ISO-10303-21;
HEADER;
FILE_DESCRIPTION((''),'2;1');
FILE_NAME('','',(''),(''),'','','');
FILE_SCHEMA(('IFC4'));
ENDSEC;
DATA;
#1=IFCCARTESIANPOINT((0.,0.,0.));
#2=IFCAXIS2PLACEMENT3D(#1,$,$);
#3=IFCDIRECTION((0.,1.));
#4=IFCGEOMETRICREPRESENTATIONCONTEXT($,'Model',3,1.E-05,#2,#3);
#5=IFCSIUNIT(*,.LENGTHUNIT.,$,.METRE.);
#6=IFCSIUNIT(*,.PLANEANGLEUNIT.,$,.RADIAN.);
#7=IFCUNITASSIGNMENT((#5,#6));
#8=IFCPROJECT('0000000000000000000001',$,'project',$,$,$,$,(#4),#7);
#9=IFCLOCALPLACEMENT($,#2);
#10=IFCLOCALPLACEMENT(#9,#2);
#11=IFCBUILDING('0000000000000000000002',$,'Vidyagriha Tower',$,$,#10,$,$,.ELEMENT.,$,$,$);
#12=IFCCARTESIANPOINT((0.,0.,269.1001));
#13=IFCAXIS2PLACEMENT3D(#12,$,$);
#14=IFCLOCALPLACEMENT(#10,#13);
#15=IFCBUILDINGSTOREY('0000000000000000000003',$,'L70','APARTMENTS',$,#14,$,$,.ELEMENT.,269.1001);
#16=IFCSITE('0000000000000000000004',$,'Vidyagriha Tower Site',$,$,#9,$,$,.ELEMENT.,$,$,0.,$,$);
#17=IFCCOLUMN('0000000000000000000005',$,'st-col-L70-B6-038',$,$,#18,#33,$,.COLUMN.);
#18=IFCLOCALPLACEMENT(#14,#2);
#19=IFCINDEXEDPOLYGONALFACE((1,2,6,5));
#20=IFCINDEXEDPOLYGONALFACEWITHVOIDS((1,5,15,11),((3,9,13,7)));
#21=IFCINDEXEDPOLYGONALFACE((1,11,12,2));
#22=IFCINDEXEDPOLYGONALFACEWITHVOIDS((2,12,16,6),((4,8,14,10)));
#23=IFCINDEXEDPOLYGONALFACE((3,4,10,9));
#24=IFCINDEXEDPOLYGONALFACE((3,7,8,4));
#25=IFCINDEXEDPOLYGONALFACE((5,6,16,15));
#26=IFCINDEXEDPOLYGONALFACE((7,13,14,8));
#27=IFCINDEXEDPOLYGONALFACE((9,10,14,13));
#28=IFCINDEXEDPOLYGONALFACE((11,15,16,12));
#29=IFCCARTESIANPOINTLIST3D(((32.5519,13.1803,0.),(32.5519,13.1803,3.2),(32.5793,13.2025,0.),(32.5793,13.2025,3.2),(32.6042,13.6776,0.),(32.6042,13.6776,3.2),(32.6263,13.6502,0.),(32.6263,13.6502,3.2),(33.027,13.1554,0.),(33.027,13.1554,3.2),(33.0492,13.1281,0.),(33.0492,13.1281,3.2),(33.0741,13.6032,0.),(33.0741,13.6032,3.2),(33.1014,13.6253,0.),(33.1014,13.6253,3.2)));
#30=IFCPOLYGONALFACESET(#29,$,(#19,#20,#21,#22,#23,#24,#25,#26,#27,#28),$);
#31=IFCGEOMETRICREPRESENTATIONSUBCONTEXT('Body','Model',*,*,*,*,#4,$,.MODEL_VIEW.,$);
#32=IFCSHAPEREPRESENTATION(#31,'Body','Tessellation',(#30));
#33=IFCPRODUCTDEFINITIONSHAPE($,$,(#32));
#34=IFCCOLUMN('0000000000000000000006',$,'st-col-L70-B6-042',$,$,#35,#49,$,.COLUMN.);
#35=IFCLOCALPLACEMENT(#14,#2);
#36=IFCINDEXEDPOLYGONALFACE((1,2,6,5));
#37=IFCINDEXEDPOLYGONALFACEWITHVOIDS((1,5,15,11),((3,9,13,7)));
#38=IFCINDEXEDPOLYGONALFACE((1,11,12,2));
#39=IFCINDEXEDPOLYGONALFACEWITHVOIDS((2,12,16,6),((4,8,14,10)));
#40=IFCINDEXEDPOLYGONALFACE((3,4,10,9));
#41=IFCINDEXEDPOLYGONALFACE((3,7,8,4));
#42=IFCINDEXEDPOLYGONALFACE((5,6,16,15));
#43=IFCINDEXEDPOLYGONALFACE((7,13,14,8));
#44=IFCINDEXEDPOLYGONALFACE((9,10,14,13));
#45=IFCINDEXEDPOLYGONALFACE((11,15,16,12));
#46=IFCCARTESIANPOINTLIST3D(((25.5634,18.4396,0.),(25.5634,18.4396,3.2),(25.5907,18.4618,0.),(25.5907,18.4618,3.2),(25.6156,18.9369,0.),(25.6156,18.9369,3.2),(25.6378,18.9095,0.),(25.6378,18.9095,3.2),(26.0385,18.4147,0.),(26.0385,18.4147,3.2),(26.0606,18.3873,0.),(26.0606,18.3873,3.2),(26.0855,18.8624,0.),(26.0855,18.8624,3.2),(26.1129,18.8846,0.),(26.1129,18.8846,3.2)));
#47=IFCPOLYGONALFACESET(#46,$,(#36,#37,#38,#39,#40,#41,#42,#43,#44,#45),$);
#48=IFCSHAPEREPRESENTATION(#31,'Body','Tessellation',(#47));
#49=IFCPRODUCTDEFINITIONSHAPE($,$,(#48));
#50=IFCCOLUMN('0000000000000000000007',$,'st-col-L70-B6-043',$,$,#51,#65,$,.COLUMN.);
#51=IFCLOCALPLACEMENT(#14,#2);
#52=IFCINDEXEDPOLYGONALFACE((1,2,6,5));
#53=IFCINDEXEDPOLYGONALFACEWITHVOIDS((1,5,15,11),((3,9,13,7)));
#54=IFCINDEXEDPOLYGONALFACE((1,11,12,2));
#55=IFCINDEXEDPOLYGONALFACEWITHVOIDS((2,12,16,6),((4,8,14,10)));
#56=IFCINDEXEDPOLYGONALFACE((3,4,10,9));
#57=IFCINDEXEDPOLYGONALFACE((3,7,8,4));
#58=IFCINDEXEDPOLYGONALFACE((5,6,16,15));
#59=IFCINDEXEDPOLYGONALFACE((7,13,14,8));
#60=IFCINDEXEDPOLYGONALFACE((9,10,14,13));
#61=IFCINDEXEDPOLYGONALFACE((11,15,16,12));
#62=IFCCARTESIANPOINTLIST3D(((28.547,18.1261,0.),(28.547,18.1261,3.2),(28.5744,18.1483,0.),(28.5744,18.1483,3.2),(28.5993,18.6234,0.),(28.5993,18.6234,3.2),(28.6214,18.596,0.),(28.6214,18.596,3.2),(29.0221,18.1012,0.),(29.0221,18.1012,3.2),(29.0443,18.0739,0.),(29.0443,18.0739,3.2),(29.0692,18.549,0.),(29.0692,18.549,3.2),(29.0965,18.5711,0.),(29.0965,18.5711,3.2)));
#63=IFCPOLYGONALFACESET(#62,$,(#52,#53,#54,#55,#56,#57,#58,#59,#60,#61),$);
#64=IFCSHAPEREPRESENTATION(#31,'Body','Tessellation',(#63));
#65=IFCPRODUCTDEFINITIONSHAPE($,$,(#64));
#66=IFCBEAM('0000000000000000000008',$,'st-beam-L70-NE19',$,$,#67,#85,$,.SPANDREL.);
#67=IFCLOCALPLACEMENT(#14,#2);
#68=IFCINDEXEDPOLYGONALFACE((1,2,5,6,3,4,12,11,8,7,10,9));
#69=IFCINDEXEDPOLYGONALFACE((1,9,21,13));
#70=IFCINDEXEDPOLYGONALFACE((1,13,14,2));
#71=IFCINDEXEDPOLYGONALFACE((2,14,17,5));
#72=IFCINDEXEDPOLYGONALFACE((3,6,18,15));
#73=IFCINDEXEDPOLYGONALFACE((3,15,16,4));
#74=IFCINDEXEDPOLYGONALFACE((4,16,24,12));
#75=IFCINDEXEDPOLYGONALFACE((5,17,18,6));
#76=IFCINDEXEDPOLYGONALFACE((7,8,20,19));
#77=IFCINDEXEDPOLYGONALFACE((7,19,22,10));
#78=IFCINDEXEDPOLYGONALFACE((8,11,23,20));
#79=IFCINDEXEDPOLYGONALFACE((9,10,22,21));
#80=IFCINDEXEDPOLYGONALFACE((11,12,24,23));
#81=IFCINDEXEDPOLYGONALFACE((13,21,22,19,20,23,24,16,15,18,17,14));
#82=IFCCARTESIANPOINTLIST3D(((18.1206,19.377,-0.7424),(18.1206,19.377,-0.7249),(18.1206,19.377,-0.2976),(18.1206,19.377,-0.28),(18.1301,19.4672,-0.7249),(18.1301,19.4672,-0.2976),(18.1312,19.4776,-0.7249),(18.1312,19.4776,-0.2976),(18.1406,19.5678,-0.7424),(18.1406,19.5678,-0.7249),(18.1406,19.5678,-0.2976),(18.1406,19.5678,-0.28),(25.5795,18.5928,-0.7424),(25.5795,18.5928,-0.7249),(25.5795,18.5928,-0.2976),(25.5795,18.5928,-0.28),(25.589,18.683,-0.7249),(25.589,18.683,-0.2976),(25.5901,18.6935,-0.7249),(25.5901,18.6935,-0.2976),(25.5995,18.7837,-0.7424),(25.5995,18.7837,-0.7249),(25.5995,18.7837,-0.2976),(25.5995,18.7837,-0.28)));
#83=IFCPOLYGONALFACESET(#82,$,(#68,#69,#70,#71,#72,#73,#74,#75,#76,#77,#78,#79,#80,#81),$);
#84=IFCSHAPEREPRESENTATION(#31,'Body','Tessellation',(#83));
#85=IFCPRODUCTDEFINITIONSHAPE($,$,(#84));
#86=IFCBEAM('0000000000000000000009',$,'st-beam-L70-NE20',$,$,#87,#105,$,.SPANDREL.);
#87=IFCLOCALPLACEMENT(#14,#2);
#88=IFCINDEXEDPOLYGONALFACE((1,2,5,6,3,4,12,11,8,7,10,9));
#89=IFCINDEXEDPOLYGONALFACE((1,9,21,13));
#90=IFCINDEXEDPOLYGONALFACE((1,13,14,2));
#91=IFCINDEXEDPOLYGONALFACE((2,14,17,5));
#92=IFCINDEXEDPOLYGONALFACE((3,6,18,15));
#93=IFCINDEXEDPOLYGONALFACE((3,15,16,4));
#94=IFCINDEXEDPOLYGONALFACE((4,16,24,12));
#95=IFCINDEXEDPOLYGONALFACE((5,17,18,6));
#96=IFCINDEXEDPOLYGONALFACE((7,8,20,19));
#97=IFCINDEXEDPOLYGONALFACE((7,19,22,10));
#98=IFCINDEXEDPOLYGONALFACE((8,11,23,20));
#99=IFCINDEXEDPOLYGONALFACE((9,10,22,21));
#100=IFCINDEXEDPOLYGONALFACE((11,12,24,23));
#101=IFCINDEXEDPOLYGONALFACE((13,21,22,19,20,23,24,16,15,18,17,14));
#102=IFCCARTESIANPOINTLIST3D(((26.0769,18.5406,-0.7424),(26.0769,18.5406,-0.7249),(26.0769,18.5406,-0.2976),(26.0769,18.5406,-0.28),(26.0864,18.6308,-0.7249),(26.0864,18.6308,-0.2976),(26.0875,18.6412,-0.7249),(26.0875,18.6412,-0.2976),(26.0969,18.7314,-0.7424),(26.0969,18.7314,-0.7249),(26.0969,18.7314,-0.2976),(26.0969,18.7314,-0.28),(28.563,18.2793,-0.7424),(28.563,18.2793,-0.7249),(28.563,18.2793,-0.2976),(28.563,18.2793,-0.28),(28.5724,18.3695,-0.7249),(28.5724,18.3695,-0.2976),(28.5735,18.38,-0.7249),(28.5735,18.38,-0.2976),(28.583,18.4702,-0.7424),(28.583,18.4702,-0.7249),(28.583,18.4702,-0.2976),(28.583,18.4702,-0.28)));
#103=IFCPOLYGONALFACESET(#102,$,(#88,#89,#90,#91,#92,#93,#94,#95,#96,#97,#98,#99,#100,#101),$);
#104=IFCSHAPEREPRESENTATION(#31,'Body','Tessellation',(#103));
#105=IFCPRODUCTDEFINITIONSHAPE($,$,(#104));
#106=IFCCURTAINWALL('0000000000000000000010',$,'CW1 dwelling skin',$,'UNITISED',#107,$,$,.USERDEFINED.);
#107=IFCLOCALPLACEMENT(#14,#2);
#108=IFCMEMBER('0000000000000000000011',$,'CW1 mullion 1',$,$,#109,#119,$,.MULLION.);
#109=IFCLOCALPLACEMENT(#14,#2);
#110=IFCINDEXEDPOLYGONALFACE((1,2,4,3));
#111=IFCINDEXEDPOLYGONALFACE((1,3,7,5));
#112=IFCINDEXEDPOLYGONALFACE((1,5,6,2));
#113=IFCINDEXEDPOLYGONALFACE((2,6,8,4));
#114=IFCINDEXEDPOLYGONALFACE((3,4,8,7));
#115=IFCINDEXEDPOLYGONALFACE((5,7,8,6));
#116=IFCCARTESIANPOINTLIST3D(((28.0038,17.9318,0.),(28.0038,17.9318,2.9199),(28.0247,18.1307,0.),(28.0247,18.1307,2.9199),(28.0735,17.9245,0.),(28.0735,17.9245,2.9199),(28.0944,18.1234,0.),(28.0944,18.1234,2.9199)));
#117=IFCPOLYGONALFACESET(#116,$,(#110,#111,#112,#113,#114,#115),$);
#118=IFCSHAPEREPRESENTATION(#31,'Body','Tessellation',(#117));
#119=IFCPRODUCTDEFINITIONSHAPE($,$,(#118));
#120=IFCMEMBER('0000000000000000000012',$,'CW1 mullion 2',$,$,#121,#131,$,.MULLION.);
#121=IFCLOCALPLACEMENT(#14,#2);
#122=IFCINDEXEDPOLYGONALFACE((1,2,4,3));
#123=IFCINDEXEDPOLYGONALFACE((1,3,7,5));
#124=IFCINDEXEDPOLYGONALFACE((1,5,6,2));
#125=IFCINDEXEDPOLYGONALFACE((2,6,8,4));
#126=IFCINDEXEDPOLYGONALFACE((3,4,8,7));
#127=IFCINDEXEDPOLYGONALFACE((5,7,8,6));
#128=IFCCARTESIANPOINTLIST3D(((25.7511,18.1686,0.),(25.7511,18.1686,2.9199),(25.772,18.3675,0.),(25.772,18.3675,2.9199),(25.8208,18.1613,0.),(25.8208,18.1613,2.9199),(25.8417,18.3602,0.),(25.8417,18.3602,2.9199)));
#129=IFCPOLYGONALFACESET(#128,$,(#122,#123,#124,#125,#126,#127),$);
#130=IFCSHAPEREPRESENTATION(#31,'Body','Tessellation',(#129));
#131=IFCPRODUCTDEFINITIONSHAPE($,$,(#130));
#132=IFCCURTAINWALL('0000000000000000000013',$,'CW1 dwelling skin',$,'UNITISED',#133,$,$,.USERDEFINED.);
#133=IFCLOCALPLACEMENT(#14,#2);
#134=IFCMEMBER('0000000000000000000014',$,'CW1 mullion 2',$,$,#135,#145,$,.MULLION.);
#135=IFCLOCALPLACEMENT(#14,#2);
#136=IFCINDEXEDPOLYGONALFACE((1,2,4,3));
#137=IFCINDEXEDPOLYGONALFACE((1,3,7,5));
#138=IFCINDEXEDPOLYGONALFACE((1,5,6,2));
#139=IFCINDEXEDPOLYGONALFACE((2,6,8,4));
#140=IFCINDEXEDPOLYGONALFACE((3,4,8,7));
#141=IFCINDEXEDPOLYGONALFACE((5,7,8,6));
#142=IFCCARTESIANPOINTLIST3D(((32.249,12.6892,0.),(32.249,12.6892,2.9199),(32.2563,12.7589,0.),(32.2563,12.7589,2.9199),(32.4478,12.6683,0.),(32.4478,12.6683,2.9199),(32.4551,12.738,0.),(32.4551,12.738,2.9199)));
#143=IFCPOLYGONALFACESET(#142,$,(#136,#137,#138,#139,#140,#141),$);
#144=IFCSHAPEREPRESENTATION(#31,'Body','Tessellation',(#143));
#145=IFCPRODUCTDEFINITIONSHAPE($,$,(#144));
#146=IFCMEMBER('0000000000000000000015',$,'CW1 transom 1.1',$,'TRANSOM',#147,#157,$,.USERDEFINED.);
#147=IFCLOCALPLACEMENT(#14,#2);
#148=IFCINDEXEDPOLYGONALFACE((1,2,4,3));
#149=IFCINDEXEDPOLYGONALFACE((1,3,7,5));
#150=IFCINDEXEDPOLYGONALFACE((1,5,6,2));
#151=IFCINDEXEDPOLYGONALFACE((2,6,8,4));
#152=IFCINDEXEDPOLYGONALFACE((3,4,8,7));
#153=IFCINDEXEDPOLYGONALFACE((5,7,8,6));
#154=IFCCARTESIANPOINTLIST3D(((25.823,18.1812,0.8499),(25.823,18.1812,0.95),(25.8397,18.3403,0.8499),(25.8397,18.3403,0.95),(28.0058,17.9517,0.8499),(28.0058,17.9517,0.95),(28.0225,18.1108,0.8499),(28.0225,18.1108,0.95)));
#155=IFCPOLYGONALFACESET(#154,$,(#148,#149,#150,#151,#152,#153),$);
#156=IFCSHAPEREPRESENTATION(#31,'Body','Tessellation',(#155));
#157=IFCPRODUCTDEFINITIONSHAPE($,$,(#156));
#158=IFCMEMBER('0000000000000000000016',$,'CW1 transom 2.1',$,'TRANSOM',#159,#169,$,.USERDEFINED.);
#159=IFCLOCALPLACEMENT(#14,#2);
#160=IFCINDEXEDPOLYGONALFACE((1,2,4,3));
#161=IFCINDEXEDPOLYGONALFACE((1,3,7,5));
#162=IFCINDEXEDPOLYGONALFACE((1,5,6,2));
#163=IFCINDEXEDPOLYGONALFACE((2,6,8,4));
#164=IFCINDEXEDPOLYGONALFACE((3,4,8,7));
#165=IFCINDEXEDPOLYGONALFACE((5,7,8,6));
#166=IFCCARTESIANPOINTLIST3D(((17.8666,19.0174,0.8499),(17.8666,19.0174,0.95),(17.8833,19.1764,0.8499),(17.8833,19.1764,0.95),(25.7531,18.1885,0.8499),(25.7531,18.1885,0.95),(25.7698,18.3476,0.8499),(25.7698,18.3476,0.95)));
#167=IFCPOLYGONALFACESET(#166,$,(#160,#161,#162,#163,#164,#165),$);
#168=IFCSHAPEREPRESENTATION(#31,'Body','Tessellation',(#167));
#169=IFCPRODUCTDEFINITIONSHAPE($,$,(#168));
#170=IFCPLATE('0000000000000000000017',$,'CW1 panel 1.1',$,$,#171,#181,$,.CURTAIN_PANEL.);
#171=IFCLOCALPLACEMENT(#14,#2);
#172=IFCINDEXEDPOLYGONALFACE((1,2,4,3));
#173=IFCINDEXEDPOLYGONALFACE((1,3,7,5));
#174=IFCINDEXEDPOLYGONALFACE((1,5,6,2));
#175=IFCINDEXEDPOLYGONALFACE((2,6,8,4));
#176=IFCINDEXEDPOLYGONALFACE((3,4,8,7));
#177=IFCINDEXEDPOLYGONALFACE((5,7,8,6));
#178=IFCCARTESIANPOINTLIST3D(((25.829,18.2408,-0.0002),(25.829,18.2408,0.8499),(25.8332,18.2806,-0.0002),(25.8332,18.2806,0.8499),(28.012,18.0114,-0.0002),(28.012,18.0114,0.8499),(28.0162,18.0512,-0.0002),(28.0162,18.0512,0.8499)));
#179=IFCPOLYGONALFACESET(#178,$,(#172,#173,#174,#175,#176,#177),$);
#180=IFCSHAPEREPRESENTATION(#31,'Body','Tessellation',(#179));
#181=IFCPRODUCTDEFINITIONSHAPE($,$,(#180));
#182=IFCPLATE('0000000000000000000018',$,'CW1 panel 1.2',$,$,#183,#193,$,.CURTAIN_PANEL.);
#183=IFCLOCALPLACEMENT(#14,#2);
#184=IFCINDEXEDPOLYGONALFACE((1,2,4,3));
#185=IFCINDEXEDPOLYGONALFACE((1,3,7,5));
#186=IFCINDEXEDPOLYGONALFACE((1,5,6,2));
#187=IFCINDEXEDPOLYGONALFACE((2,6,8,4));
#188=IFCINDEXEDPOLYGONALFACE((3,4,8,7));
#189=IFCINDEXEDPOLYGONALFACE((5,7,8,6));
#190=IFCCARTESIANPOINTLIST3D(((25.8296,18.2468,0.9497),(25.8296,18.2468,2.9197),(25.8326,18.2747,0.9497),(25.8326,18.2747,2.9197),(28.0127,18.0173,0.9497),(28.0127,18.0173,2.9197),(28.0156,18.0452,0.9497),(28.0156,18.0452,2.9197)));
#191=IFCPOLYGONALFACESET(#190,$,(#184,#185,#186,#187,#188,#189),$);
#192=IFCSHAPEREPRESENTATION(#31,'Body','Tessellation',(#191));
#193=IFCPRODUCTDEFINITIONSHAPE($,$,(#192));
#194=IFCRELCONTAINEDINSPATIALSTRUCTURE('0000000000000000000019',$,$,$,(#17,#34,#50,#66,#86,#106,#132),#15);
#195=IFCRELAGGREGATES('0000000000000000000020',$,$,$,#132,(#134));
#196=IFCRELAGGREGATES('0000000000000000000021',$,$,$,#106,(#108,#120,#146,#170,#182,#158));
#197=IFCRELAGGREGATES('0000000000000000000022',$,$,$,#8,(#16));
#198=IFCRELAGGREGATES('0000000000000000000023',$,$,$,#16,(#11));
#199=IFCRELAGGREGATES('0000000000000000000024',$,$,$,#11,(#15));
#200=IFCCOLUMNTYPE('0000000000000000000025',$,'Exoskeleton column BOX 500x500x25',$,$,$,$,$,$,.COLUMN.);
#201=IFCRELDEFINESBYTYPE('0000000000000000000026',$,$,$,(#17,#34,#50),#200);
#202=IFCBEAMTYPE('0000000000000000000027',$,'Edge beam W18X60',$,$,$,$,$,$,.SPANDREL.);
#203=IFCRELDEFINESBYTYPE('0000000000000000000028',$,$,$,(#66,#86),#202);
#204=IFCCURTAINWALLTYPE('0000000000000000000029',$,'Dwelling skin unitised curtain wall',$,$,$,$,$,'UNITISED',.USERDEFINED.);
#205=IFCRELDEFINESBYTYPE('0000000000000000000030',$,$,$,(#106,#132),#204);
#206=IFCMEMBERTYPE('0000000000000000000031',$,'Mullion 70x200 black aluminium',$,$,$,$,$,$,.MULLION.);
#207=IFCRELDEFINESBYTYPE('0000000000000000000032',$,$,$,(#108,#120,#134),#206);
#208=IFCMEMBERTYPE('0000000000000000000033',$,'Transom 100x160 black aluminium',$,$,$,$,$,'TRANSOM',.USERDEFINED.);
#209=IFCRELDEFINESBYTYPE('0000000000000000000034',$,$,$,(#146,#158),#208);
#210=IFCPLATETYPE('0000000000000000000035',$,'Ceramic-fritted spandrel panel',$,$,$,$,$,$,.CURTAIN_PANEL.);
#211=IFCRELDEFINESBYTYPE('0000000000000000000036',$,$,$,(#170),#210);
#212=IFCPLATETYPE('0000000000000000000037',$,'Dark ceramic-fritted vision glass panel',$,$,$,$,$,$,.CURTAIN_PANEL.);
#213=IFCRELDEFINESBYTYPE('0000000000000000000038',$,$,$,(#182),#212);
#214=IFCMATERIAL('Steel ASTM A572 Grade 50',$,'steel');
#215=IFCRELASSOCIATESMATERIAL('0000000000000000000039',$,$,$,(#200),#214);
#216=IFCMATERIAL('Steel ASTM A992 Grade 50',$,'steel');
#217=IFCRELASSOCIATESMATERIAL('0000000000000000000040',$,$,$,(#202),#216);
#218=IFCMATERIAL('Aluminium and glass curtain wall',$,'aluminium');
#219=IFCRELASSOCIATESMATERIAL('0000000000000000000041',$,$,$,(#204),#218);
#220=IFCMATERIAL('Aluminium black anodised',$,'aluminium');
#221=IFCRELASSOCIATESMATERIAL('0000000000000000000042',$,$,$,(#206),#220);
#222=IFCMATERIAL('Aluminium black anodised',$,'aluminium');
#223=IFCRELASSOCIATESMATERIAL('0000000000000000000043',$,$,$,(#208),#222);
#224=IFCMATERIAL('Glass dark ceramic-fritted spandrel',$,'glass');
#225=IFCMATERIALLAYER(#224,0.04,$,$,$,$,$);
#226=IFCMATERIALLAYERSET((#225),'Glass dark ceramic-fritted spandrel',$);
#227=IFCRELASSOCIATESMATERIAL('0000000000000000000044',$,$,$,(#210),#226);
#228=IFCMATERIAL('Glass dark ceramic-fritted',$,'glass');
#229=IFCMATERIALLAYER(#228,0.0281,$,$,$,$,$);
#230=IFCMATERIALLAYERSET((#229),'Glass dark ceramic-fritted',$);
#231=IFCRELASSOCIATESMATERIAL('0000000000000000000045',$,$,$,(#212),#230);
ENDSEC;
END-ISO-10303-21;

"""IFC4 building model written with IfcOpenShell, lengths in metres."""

from ifc_helpers import new_model, si_unit, direction, frame, origin, origin_2d, place, context, subcontext, project, spatial, rectangle, hollow_rectangle, i_section, extrude, material, layer, layer_set, material_profile, profile_set, type_object, element, aggregate, save


model = new_model("IFC4")

# Units and contexts
model_context = context("Model", 3, precision=1e-05, world=origin(), true_north=direction((0.0, 1.0)))
body_context = subcontext(model_context, "Body", "Model", "MODEL_VIEW")
ifc_project = project(units=[si_unit("LENGTHUNIT", "METRE"), si_unit("PLANEANGLEUNIT", "RADIAN")], contexts=[model_context])

# Site, building, storey
site_placement = place(None, origin())
site = spatial("IfcSite", under=ifc_project, at=site_placement, Name="Vidyagriha Tower Site", CompositionType="ELEMENT", RefElevation=0.0)
building_placement = place(site_placement, origin())
building = spatial("IfcBuilding", under=site, at=building_placement, Name="Vidyagriha Tower", CompositionType="ELEMENT")
storey_placement = place(building_placement, frame((0.0, 0.0, 269.1001)))
storey = spatial("IfcBuildingStorey", under=building, at=storey_placement, Name="L70", Description="APARTMENTS", CompositionType="ELEMENT", Elevation=269.1001)

# Columns
ifc_material_1 = material(Name="Steel ASTM A572 Grade 50", Category="steel")
ifc_material_profile_1 = material_profile(ifc_material_1, hollow_rectangle(XDim=0.5, YDim=0.5, WallThickness=0.0249, at=origin_2d()), Name="BOX 500x500x25")
ifc_profile_set_1 = profile_set([ifc_material_profile_1], Name="Steel ASTM A572 Grade 50")
column_type = type_object("IfcColumnType", Name="Exoskeleton column BOX 500x500x25", PredefinedType="COLUMN", material=ifc_profile_set_1)
for number, where, z_axis, x_axis, name in (
    (1, (32.8267, 13.4028, 0.0), (0.0, 0.0, 1.0), (0.994522, -0.104528, 0.0), "st-col-L70-B6-038"),
    (2, (25.8381, 18.6621, 0.0), (0.0, 0.0, 1.0), (0.994522, -0.104528, 0.0), "st-col-L70-B6-042"),
    (3, (28.8218, 18.3486, 0.0), (0.0, 0.0, 1.0), (0.994522, -0.104528, 0.0), "st-col-L70-B6-043"),
):
    element("IfcColumn", number, at=place(storey_placement, frame(where, z_axis=z_axis, x_axis=x_axis)), inside=storey, type_object=column_type, Name=name, PredefinedType="COLUMN", context=body_context, shape_type="SweptSolid", body=[
        extrude(hollow_rectangle(XDim=0.5, YDim=0.5, WallThickness=0.0249, at=origin_2d()), origin(), (0.0, 0.0, 1.0), 3.2),
    ])

# Beams
ifc_material_2 = material(Name="Steel ASTM A992 Grade 50", Category="steel")
ifc_material_profile_2 = material_profile(ifc_material_2, i_section(OverallWidth=0.1919, OverallDepth=0.4624, WebThickness=0.0105, FlangeThickness=0.0176, at=origin_2d()), Name="W18X60")
ifc_profile_set_2 = profile_set([ifc_material_profile_2], Name="Steel ASTM A992 Grade 50")
beam_type = type_object("IfcBeamType", Name="Edge beam W18X60", PredefinedType="SPANDREL", material=ifc_profile_set_2)
beam_1_placement = place(storey_placement, frame((18.1306, 19.4724, -0.5112), z_axis=(0.994519, -0.104556, 0.0), x_axis=(0.104556, 0.994519, 0.0)))
element("IfcBeam", 4, at=beam_1_placement, inside=storey, type_object=beam_type, Name="st-beam-L70-NE19", PredefinedType="SPANDREL", context=body_context, shape_type="SweptSolid", body=[
    extrude(i_section(OverallWidth=0.1919, OverallDepth=0.4624, WebThickness=0.0105, FlangeThickness=0.0176, at=origin_2d()), origin(), (0.0, 0.0, 1.0), 7.5),
])
beam_2_placement = place(storey_placement, frame((26.0869, 18.636, -0.5112), z_axis=(0.994525, -0.104502, 0.0), x_axis=(0.104502, 0.994525, 0.0)))
element("IfcBeam", 5, at=beam_2_placement, inside=storey, type_object=beam_type, Name="st-beam-L70-NE20", PredefinedType="SPANDREL", context=body_context, shape_type="SweptSolid", body=[
    extrude(i_section(OverallWidth=0.1919, OverallDepth=0.4624, WebThickness=0.0105, FlangeThickness=0.0176, at=origin_2d()), origin(), (0.0, 0.0, 1.0), 2.4998),
])

# Curtain wall, members
ifc_material_3 = material(Name="Aluminium and glass curtain wall", Category="aluminium")
curtain_wall_type = type_object("IfcCurtainWallType", Name="Dwelling skin unitised curtain wall", ElementType="UNITISED", PredefinedType="USERDEFINED", material=ifc_material_3)
curtain_wall_1_placement = place(storey_placement, origin())
curtain_wall_1 = element("IfcCurtainWall", 6, at=curtain_wall_1_placement, inside=storey, type_object=curtain_wall_type, Name="CW1 dwelling skin", ObjectType="UNITISED", PredefinedType="USERDEFINED")
ifc_material_4 = material(Name="Aluminium black anodised", Category="aluminium")
ifc_material_profile_3 = material_profile(ifc_material_4, rectangle(XDim=0.2, YDim=0.0701, at=origin_2d()), Name="Mullion 70x200 black aluminium")
ifc_profile_set_3 = profile_set([ifc_material_profile_3], Name="Aluminium black anodised")
member_type_1 = type_object("IfcMemberType", Name="Mullion 70x200 black aluminium", PredefinedType="MULLION", material=ifc_profile_set_3)
member_1_placement = place(storey_placement, frame((28.0491, 18.0276, 0.0), z_axis=(0.0, 0.0, 1.0), x_axis=(-0.104529, -0.994522, 0.0)))
member_1 = element("IfcMember", 7, at=member_1_placement, type_object=member_type_1, Name="CW1 mullion 1", PredefinedType="MULLION", context=body_context, shape_type="SweptSolid", body=[
    extrude(rectangle(XDim=0.2, YDim=0.0701, at=origin_2d()), origin(), (0.0, 0.0, 1.0), 2.9199),
])
member_2_placement = place(storey_placement, frame((25.7964, 18.2644, 0.0), z_axis=(0.0, 0.0, 1.0), x_axis=(-0.104529, -0.994522, 0.0)))
member_2 = element("IfcMember", 8, at=member_2_placement, type_object=member_type_1, Name="CW1 mullion 2", PredefinedType="MULLION", context=body_context, shape_type="SweptSolid", body=[
    extrude(rectangle(XDim=0.2, YDim=0.0701, at=origin_2d()), origin(), (0.0, 0.0, 1.0), 2.9199),
])

# Curtain wall, member
curtain_wall_2_placement = place(storey_placement, origin())
curtain_wall_2 = element("IfcCurtainWall", 9, at=curtain_wall_2_placement, inside=storey, type_object=curtain_wall_type, Name="CW1 dwelling skin", ObjectType="UNITISED", PredefinedType="USERDEFINED")
member_3_placement = place(storey_placement, frame((32.3521, 12.7136, 0.0), z_axis=(0.0, 0.0, 1.0), x_axis=(-0.994523, 0.104516, 0.0)))
member_3 = element("IfcMember", 10, at=member_3_placement, type_object=member_type_1, Name="CW1 mullion 2", PredefinedType="MULLION", context=body_context, shape_type="SweptSolid", body=[
    extrude(rectangle(XDim=0.2, YDim=0.0701, at=origin_2d()), origin(), (0.0, 0.0, 1.0), 2.9199),
])
aggregate(curtain_wall_2, [member_3])

# Members
ifc_material_5 = material(Name="Aluminium black anodised", Category="aluminium")
ifc_material_profile_4 = material_profile(ifc_material_5, rectangle(XDim=0.1599, YDim=0.1001, at=origin_2d()), Name="Transom 100x160 black aluminium")
ifc_profile_set_4 = profile_set([ifc_material_profile_4], Name="Aluminium black anodised")
member_type_2 = type_object("IfcMemberType", Name="Transom 100x160 black aluminium", ElementType="TRANSOM", PredefinedType="USERDEFINED", material=ifc_profile_set_4)
member_4_placement = place(storey_placement, frame((28.0142, 18.0312, 0.8999), z_axis=(-0.994519, 0.104557, 0.0), x_axis=(-0.104557, -0.994519, 0.0)))
member_4 = element("IfcMember", 11, at=member_4_placement, type_object=member_type_2, Name="CW1 transom 1.1", ObjectType="TRANSOM", PredefinedType="USERDEFINED", context=body_context, shape_type="SweptSolid", body=[
    extrude(rectangle(XDim=0.1599, YDim=0.1001, at=origin_2d()), origin(), (0.0, 0.0, 1.0), 2.1948),
])
member_5_placement = place(storey_placement, frame((25.7615, 18.2681, 0.8999), z_axis=(-0.994522, 0.104523, 0.0), x_axis=(-0.104523, -0.994522, 0.0)))
member_5 = element("IfcMember", 12, at=member_5_placement, type_object=member_type_2, Name="CW1 transom 2.1", ObjectType="TRANSOM", PredefinedType="USERDEFINED", context=body_context, shape_type="SweptSolid", body=[
    extrude(rectangle(XDim=0.1599, YDim=0.1001, at=origin_2d()), origin(), (0.0, 0.0, 1.0), 7.9299),
])

# Plates
ifc_material_6 = material(Name="Glass dark ceramic-fritted spandrel", Category="glass")
ifc_layer_1 = layer(ifc_material_6, 0.04)
ifc_layer_set_1 = layer_set([ifc_layer_1], Name="Glass dark ceramic-fritted spandrel")
plate_type_1 = type_object("IfcPlateType", Name="Ceramic-fritted spandrel panel", PredefinedType="CURTAIN_PANEL", material=ifc_layer_set_1)
plate_1_placement = place(storey_placement, frame((26.9226, 18.146, -0.0002), z_axis=(0.0, 0.0, 1.0), x_axis=(-0.994522, 0.104529, 0.0)))
plate_1 = element("IfcPlate", 13, at=plate_1_placement, type_object=plate_type_1, Name="CW1 panel 1.1", PredefinedType="CURTAIN_PANEL", context=body_context, shape_type="SweptSolid", body=[
    extrude(rectangle(XDim=2.1951, YDim=0.04, at=origin_2d()), origin(), (0.0, 0.0, 1.0), 0.8501),
])
ifc_material_7 = material(Name="Glass dark ceramic-fritted", Category="glass")
ifc_layer_2 = layer(ifc_material_7, 0.0281)
ifc_layer_set_2 = layer_set([ifc_layer_2], Name="Glass dark ceramic-fritted")
plate_type_2 = type_object("IfcPlateType", Name="Dark ceramic-fritted vision glass panel", PredefinedType="CURTAIN_PANEL", material=ifc_layer_set_2)
plate_2_placement = place(storey_placement, frame((26.9226, 18.146, 0.9497), z_axis=(0.0, 0.0, 1.0), x_axis=(-0.994522, 0.104529, 0.0)))
plate_2 = element("IfcPlate", 14, at=plate_2_placement, type_object=plate_type_2, Name="CW1 panel 1.2", PredefinedType="CURTAIN_PANEL", context=body_context, shape_type="SweptSolid", body=[
    extrude(rectangle(XDim=2.1951, YDim=0.0281, at=origin_2d()), origin(), (0.0, 0.0, 1.0), 1.97),
])
aggregate(curtain_wall_1, [member_1, member_2, member_4, plate_1, plate_2, member_5])

save(model, "model.ifc")
